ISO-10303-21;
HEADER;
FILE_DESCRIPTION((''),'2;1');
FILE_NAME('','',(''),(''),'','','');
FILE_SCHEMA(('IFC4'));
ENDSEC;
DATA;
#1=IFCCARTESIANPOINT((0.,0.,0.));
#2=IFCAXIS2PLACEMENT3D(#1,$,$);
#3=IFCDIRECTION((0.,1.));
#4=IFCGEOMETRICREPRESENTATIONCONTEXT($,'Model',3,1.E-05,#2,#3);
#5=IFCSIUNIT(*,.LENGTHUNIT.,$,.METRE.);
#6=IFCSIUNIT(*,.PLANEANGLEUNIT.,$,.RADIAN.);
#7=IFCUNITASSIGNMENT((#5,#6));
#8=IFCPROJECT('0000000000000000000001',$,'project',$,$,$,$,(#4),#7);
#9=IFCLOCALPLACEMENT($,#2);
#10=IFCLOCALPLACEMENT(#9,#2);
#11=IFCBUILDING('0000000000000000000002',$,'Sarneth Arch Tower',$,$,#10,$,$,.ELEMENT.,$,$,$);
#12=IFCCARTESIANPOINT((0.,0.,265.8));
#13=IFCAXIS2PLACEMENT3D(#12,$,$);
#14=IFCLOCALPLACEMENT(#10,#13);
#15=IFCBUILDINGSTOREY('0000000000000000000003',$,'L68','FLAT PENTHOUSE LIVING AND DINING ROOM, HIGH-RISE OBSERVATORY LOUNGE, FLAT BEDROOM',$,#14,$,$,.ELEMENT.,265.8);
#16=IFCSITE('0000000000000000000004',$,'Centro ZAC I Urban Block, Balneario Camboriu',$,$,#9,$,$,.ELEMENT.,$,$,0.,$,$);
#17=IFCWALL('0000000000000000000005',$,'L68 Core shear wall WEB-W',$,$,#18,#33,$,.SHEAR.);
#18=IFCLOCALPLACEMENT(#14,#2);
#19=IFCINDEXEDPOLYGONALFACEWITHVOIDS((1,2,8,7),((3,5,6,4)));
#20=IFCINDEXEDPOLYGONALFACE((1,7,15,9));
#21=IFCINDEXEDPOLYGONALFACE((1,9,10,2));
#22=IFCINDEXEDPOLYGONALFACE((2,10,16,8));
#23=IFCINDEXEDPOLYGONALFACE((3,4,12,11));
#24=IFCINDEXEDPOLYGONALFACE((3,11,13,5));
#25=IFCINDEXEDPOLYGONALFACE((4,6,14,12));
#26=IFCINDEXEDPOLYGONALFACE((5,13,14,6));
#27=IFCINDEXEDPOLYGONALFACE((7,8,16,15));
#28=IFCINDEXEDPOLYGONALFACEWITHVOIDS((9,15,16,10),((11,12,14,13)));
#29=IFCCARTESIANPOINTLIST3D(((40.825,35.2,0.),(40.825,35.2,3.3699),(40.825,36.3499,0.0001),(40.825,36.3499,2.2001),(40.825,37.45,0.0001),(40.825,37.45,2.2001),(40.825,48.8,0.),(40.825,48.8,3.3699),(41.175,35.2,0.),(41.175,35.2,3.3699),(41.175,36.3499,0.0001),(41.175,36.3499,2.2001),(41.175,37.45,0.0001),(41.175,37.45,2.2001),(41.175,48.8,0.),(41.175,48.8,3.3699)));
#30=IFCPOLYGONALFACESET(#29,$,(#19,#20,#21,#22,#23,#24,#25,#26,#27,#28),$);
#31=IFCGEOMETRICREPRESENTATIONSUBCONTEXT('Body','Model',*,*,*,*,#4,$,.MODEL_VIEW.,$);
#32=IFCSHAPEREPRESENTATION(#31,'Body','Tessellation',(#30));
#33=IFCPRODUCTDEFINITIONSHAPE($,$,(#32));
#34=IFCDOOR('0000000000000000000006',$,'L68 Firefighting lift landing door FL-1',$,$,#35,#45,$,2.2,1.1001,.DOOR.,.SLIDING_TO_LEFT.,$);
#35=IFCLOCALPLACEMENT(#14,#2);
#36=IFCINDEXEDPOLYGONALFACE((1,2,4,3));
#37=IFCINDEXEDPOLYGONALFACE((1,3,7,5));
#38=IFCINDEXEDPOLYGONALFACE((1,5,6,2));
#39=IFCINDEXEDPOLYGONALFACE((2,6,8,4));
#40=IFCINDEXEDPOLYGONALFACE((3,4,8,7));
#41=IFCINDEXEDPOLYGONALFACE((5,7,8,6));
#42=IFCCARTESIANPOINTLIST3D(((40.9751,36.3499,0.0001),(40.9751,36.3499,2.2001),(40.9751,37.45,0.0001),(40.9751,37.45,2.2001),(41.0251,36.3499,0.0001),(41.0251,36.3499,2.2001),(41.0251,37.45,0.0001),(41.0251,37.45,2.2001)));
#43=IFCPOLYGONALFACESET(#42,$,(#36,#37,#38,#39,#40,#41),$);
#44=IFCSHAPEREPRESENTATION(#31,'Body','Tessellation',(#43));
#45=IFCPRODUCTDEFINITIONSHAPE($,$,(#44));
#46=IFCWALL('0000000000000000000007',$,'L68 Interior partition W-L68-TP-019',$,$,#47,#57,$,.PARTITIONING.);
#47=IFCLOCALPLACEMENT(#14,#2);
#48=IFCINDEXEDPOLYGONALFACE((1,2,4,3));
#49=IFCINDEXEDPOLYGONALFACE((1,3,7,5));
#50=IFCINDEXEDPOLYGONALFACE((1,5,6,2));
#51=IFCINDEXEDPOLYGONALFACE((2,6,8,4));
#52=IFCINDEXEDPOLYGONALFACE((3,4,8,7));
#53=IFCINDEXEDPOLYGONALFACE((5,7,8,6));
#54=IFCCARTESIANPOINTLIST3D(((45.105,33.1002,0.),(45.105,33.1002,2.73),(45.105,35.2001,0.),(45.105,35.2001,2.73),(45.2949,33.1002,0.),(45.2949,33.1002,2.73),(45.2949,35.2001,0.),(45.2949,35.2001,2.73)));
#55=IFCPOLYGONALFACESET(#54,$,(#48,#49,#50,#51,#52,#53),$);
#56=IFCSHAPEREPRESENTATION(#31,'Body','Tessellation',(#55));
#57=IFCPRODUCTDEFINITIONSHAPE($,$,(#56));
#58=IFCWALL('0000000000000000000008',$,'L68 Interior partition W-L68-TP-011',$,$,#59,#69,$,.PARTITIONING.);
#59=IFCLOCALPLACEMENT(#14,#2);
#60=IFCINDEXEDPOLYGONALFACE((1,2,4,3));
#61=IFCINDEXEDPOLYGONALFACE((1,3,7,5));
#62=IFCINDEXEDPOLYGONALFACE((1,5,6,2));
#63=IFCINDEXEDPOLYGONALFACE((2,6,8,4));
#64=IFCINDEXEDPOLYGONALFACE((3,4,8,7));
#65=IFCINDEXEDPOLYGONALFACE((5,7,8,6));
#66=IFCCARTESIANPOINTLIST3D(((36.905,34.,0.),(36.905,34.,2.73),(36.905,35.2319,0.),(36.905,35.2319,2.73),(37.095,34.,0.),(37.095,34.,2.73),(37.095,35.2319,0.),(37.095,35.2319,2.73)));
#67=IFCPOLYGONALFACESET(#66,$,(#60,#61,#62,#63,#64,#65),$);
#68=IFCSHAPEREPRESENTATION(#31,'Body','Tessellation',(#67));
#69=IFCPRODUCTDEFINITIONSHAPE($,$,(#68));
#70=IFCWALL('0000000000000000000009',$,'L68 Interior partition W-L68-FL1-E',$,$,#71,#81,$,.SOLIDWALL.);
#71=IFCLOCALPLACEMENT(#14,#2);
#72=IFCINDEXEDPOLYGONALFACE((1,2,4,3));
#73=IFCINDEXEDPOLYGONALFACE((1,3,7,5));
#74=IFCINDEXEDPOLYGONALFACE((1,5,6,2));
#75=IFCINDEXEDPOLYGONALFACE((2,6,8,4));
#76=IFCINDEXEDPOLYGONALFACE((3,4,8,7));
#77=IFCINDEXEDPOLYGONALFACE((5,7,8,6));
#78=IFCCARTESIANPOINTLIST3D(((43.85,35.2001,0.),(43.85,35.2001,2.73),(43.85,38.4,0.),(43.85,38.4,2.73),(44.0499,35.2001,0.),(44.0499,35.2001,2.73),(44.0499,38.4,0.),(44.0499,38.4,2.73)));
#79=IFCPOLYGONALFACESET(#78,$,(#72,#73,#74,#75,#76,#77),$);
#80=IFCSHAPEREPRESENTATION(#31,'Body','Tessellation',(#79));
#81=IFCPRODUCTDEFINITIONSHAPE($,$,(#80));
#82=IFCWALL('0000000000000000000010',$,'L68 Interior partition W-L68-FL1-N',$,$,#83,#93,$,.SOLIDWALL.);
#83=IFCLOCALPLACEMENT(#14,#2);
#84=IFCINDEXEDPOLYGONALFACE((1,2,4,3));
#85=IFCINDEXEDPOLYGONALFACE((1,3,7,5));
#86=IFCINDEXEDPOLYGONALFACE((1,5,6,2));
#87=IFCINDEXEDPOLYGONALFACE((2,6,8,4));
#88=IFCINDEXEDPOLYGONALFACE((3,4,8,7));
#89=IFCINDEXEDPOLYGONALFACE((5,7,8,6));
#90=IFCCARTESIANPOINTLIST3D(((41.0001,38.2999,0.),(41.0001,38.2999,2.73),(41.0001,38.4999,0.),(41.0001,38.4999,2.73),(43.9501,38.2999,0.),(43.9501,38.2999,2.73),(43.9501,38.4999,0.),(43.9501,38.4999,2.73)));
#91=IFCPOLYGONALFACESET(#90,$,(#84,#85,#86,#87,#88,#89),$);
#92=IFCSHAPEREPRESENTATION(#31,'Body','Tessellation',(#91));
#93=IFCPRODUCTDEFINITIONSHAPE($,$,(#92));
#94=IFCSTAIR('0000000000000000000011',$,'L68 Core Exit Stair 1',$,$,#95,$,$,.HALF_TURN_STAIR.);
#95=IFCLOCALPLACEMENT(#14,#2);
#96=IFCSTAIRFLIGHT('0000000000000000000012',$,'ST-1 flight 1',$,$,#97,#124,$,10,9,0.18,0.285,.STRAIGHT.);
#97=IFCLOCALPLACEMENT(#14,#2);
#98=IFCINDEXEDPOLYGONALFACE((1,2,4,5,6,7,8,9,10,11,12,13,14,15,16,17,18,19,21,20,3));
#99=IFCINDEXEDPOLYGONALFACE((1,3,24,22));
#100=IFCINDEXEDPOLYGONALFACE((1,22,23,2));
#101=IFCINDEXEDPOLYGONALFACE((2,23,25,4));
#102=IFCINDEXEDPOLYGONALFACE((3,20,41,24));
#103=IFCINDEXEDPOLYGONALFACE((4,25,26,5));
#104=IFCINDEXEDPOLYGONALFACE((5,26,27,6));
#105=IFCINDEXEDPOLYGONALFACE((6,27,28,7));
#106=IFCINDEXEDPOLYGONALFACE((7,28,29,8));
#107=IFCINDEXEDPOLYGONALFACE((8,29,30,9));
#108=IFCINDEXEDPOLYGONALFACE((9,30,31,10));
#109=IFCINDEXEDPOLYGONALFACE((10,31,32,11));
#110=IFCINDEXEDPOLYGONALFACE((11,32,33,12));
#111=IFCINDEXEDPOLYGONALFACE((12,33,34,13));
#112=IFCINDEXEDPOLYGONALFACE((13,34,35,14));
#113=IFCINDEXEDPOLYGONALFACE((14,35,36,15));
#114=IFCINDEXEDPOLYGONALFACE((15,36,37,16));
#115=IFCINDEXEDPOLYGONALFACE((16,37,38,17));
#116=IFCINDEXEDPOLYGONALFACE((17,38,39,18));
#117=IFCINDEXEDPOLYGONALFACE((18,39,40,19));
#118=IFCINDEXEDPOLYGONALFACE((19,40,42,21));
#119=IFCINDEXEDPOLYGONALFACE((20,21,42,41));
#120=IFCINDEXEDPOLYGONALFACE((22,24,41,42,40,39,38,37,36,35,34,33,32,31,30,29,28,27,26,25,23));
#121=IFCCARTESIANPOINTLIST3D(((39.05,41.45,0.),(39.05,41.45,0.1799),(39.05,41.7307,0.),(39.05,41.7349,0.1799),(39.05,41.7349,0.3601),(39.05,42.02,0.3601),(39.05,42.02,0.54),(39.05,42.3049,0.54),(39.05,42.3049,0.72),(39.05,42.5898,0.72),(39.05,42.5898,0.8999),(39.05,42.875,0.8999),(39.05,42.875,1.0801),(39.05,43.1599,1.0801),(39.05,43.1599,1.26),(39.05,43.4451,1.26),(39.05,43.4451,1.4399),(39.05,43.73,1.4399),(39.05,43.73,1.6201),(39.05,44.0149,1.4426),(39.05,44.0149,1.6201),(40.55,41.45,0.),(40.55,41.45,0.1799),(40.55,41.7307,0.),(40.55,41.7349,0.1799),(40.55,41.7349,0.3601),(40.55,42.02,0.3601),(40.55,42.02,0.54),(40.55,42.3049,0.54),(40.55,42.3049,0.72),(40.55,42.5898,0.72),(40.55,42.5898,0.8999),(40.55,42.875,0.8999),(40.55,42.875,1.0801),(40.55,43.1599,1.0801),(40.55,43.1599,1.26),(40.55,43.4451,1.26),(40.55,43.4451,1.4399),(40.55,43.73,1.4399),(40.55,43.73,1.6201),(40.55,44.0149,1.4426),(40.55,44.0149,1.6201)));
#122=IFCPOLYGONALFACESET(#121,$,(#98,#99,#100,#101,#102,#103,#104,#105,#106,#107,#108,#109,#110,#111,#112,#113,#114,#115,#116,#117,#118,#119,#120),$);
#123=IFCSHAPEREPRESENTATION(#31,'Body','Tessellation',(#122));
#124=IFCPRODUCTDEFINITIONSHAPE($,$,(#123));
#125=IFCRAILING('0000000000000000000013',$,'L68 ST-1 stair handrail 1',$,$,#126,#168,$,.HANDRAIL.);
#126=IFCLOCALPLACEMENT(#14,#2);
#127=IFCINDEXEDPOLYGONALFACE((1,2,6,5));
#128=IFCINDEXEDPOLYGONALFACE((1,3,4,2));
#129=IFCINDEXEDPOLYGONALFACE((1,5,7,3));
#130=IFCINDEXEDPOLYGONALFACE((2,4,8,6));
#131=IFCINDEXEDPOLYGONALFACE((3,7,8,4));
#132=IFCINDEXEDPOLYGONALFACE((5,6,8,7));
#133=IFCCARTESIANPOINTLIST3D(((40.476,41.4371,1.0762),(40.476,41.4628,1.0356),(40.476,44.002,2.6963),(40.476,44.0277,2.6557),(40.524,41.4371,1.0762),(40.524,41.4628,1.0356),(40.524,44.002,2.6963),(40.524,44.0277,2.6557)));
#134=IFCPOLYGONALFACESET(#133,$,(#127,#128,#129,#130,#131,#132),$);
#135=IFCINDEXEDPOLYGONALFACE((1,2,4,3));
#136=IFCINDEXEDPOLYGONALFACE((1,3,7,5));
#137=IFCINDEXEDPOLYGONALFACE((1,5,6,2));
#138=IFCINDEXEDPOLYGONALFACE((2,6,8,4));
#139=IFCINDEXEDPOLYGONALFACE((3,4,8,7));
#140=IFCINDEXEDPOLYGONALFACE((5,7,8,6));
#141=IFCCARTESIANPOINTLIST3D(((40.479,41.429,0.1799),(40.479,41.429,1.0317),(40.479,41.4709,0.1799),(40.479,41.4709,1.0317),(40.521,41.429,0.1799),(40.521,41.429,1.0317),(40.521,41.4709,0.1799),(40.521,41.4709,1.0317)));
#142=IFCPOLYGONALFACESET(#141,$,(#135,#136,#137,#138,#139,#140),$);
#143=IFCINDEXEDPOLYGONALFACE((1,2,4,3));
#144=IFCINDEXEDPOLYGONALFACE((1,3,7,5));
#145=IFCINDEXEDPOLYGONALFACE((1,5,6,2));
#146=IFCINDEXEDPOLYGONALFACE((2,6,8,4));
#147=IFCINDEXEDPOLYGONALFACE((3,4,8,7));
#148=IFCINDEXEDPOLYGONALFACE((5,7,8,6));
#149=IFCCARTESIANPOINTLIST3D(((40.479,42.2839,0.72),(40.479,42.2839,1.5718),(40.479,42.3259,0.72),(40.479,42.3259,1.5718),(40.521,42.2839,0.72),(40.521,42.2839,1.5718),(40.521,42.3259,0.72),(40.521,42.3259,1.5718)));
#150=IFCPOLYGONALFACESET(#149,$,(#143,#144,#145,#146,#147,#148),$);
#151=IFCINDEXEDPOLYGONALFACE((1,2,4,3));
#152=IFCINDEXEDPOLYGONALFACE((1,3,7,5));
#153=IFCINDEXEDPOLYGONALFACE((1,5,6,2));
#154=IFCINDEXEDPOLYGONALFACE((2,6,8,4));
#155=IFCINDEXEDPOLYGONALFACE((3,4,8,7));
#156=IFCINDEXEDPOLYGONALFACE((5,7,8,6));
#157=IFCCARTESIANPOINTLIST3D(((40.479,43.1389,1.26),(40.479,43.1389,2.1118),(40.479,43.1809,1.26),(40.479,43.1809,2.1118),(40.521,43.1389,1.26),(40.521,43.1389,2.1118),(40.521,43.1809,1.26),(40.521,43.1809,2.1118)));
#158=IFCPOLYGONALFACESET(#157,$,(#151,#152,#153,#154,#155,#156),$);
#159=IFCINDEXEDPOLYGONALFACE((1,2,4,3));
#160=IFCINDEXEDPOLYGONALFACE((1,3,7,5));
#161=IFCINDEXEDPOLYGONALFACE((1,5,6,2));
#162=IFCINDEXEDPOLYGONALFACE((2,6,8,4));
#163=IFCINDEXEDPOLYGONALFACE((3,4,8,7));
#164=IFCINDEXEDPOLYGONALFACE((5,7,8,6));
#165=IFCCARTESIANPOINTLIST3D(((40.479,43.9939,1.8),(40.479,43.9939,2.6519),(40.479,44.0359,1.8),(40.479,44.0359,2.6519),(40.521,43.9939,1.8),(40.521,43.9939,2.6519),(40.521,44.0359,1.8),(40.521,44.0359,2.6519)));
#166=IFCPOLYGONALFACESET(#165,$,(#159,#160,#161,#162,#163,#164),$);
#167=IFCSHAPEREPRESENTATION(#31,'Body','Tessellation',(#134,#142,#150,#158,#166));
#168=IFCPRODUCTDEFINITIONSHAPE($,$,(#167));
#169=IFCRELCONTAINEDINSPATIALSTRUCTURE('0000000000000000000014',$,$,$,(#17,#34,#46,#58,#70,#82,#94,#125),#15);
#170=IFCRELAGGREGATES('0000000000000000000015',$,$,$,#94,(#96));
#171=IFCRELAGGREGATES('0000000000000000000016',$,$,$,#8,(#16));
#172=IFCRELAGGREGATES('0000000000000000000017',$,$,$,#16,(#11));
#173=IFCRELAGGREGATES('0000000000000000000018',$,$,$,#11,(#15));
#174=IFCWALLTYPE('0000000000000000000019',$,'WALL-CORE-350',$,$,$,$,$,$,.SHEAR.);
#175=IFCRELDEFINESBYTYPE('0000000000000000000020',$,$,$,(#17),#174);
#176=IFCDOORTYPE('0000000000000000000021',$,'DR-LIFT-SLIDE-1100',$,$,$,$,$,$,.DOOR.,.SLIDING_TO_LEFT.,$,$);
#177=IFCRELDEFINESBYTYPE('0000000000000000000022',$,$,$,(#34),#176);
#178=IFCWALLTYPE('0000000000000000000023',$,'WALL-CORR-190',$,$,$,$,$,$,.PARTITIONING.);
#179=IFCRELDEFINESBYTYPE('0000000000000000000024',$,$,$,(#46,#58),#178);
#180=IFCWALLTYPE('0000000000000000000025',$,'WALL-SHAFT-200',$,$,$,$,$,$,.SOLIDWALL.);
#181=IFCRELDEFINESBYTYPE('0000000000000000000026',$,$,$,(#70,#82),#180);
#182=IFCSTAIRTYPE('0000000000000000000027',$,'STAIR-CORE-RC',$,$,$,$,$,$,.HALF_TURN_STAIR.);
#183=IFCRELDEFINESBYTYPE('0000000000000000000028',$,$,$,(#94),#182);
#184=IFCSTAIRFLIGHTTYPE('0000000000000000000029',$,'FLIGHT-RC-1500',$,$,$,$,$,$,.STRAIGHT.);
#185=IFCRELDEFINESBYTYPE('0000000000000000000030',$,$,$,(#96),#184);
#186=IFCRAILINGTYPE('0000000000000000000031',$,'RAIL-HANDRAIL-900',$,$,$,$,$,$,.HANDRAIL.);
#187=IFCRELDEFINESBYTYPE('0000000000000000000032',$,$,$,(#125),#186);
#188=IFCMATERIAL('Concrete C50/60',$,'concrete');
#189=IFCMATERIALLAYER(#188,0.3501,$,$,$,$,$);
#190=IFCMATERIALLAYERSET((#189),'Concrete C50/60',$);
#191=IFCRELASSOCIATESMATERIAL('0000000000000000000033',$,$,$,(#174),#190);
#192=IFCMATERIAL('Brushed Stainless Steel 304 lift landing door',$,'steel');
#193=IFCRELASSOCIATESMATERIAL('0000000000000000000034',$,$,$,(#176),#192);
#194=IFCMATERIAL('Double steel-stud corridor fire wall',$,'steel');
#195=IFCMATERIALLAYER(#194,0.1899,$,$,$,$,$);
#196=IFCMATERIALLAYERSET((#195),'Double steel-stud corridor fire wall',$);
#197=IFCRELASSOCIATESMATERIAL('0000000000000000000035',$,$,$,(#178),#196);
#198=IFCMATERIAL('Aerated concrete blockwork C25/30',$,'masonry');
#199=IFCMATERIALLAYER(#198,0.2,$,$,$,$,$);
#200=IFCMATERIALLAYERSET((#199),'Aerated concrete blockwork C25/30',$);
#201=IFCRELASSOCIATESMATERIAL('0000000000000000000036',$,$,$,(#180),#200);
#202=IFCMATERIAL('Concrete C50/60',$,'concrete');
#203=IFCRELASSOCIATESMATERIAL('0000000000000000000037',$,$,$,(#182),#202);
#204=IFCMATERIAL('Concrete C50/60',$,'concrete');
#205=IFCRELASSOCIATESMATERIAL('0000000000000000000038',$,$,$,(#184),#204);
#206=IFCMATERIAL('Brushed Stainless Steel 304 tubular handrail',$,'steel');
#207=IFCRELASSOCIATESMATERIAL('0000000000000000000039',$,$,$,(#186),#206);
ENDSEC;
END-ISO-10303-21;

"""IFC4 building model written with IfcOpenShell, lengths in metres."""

from ifc_helpers import new_model, si_unit, direction, frame, frame_2d, origin, origin_2d, place, context, subcontext, project, spatial, polyline, rectangle, outline, extrude, material, layer, layer_set, type_object, element, fill, aggregate, save


model = new_model("IFC4")

# Units and contexts
model_context = context("Model", 3, precision=1e-05, world=origin(), true_north=direction((0.0, 1.0)))
body_context = subcontext(model_context, "Body", "Model", "MODEL_VIEW")
ifc_project = project(units=[si_unit("LENGTHUNIT", "METRE"), si_unit("PLANEANGLEUNIT", "RADIAN")], contexts=[model_context])

# Site, building, storey
site_placement = place(None, origin())
site = spatial("IfcSite", under=ifc_project, at=site_placement, Name="Centro ZAC I Urban Block, Balneario Camboriu", CompositionType="ELEMENT", RefElevation=0.0)
building_placement = place(site_placement, origin())
building = spatial("IfcBuilding", under=site, at=building_placement, Name="Sarneth Arch Tower", CompositionType="ELEMENT")
storey_placement = place(building_placement, frame((0.0, 0.0, 265.8)))
storey = spatial("IfcBuildingStorey", under=building, at=storey_placement, Name="L68", Description="FLAT PENTHOUSE LIVING AND DINING ROOM, HIGH-RISE OBSERVATORY LOUNGE, FLAT BEDROOM", CompositionType="ELEMENT", Elevation=265.8)

# Shared definitions
ifc_material_1 = material(Name="Concrete C50/60", Category="concrete")
ifc_layer_1 = layer(ifc_material_1, 0.3501)
ifc_layer_set_1 = layer_set([ifc_layer_1], Name="Concrete C50/60")
wall_type_1 = type_object("IfcWallType", Name="WALL-CORE-350", PredefinedType="SHEAR", material=ifc_layer_set_1)

# Wall, opening, door
wall_1_placement = place(storey_placement, frame((41.0, 35.2, 0.0), z_axis=(0.0, 0.0, 1.0), x_axis=(0.0, 1.0, 0.0)))
wall_1 = element("IfcWall", 1, at=wall_1_placement, inside=storey, type_object=wall_type_1, Name="L68 Core shear wall WEB-W", PredefinedType="SHEAR", context=body_context, shape_type="SweptSolid", body=[
    extrude(rectangle(XDim=13.6001, YDim=0.3501, at=frame_2d((6.8, 0.0))), origin(), (0.0, 0.0, 1.0), 3.3699),
])
opening_1_placement = place(wall_1_placement, frame((1.1499, 0.0, 0.0)))
opening_1 = element("IfcOpeningElement", 2, at=opening_1_placement, cuts=wall_1, PredefinedType="OPENING", context=body_context, shape_type="SweptSolid", body=[
    extrude(rectangle(XDim=1.1001, YDim=2.2, at=frame_2d((0.55, 1.1001))), frame((0.0, 0.1851, 0.0), z_axis=(0.0, -1.0, 0.0), x_axis=(1.0, 0.0, 0.0)), (0.0, 0.0, 1.0), 0.3701),
])
ifc_material_2 = material(Name="Brushed Stainless Steel 304 lift landing door", Category="steel")
door_type_1 = type_object("IfcDoorType", Name="DR-LIFT-SLIDE-1100", OperationType="SLIDING_TO_LEFT", PredefinedType="DOOR", material=ifc_material_2)
door_1_placement = place(opening_1_placement, origin())
door_1 = element("IfcDoor", 3, at=door_1_placement, inside=storey, type_object=door_type_1, Name="L68 Firefighting lift landing door FL-1", OperationType="SLIDING_TO_LEFT", OverallHeight=2.2, OverallWidth=1.1001, PredefinedType="DOOR", context=body_context, shape_type="SweptSolid", body=[
    extrude(rectangle(XDim=1.1001, YDim=2.2, at=frame_2d((0.55, 1.1001))), frame((0.0, 0.0249, 0.0), z_axis=(0.0, -1.0, 0.0), x_axis=(1.0, 0.0, 0.0)), (0.0, 0.0, 1.0), 0.05),
])
fill(opening_1, door_1)

# Walls
ifc_material_3 = material(Name="Double steel-stud corridor fire wall", Category="steel")
ifc_layer_2 = layer(ifc_material_3, 0.1899)
ifc_layer_set_2 = layer_set([ifc_layer_2], Name="Double steel-stud corridor fire wall")
wall_type_2 = type_object("IfcWallType", Name="WALL-CORR-190", PredefinedType="PARTITIONING", material=ifc_layer_set_2)
wall_2_placement = place(storey_placement, frame((45.2, 35.2, 0.0), z_axis=(0.0, 0.0, 1.0), x_axis=(0.0, -1.0, 0.0)))
element("IfcWall", 4, at=wall_2_placement, inside=storey, type_object=wall_type_2, Name="L68 Interior partition W-L68-TP-019", PredefinedType="PARTITIONING", context=body_context, shape_type="SweptSolid", body=[
    extrude(rectangle(XDim=2.0999, YDim=0.1899, at=frame_2d((1.0498, 0.0))), origin(), (0.0, 0.0, 1.0), 2.73),
])
wall_3_placement = place(storey_placement, frame((37.0, 35.2319, 0.0), z_axis=(0.0, 0.0, 1.0), x_axis=(0.0, -1.0, 0.0)))
element("IfcWall", 5, at=wall_3_placement, inside=storey, type_object=wall_type_2, Name="L68 Interior partition W-L68-TP-011", PredefinedType="PARTITIONING", context=body_context, shape_type="SweptSolid", body=[
    extrude(rectangle(XDim=1.2319, YDim=0.1899, at=frame_2d((0.616, 0.0))), origin(), (0.0, 0.0, 1.0), 2.73),
])

# Shared definitions
ifc_material_4 = material(Name="Aerated concrete blockwork C25/30", Category="masonry")
ifc_layer_3 = layer(ifc_material_4, 0.2)
ifc_layer_set_3 = layer_set([ifc_layer_3], Name="Aerated concrete blockwork C25/30")
wall_type_3 = type_object("IfcWallType", Name="WALL-SHAFT-200", PredefinedType="SOLIDWALL", material=ifc_layer_set_3)

# Walls
wall_4_placement = place(storey_placement, frame((43.95, 35.2, 0.0), z_axis=(0.0, 0.0, 1.0), x_axis=(0.0, 1.0, 0.0)))
element("IfcWall", 6, at=wall_4_placement, inside=storey, type_object=wall_type_3, Name="L68 Interior partition W-L68-FL1-E", PredefinedType="SOLIDWALL", context=body_context, shape_type="SweptSolid", body=[
    extrude(rectangle(XDim=3.2, YDim=0.2, at=frame_2d((1.6001, 0.0))), origin(), (0.0, 0.0, 1.0), 2.73),
])
wall_5_placement = place(storey_placement, frame((41.0, 38.3999, 0.0), z_axis=(0.0, 0.0, 1.0), x_axis=(1.0, 0.0, 0.0)))
element("IfcWall", 7, at=wall_5_placement, inside=storey, type_object=wall_type_3, Name="L68 Interior partition W-L68-FL1-N", PredefinedType="SOLIDWALL", context=body_context, shape_type="SweptSolid", body=[
    extrude(rectangle(XDim=2.95, YDim=0.2, at=frame_2d((1.4751, 0.0))), origin(), (0.0, 0.0, 1.0), 2.73),
])

# Stair, stair flight
ifc_material_5 = material(Name="Concrete C50/60", Category="concrete")
stair_type = type_object("IfcStairType", Name="STAIR-CORE-RC", PredefinedType="HALF_TURN_STAIR", material=ifc_material_5)
stair_placement = place(storey_placement, origin())
stair = element("IfcStair", 8, at=stair_placement, inside=storey, type_object=stair_type, Name="L68 Core Exit Stair 1", PredefinedType="HALF_TURN_STAIR")
ifc_material_6 = material(Name="Concrete C50/60", Category="concrete")
stair_flight_type = type_object("IfcStairFlightType", Name="FLIGHT-RC-1500", PredefinedType="STRAIGHT", material=ifc_material_6)
stair_flight_placement = place(storey_placement, frame((39.8, 41.45, 0.0), z_axis=(0.0, 0.0, 1.0), x_axis=(0.0, 1.0, 0.0)))
stair_flight = element("IfcStairFlight", 9, at=stair_flight_placement, type_object=stair_flight_type, Name="ST-1 flight 1", NumberOfRisers=10, NumberOfTreads=9, PredefinedType="STRAIGHT", RiserHeight=0.18, TreadLength=0.285, context=body_context, shape_type="SweptSolid", body=[
    extrude(outline(polyline([(0.0, 0.0), (0.0, 0.1799), (0.2849, 0.1799), (0.2849, 0.3601), (0.5701, 0.3601), (0.5701, 0.54), (0.855, 0.54), (0.855, 0.72), (1.1399, 0.72), (1.1399, 0.8999), (1.425, 0.8999), (1.425, 1.0801), (1.71, 1.0801), (1.71, 1.26), (1.9951, 1.26), (1.9951, 1.4399), (2.28, 1.4399), (2.28, 1.6201), (2.5649, 1.6201), (2.5649, 1.8), (2.5649, 1.4426), (0.2808, 0.0), (0.0, 0.0)])), frame((0.0, 0.75, 0.0), z_axis=(0.0, -1.0, 0.0), x_axis=(1.0, 0.0, 0.0)), (0.0, 0.0, 1.0), 1.5),
])
aggregate(stair, [stair_flight])

# Railing
ifc_material_7 = material(Name="Brushed Stainless Steel 304 tubular handrail", Category="steel")
railing_type_1 = type_object("IfcRailingType", Name="RAIL-HANDRAIL-900", PredefinedType="HANDRAIL", material=ifc_material_7)
railing_1_placement = place(storey_placement, frame((40.5, 41.45, 0.1799)))
element("IfcRailing", 10, at=railing_1_placement, inside=storey, type_object=railing_type_1, Name="L68 ST-1 stair handrail 1", PredefinedType="HANDRAIL", context=body_context, shape_type="SweptSolid", body=[
    extrude(rectangle(XDim=0.0481, YDim=0.0481, at=origin_2d()), frame((0.0, 0.0, 0.876), z_axis=(0.0, 0.845466, 0.534029), x_axis=(-1.0, 0.0, 0.0)), (0.0, 0.0, 1.0), 3.0337),
    extrude(rectangle(XDim=0.042, YDim=0.042, at=origin_2d()), origin(), (0.0, 0.0, 1.0), 0.8518),
    extrude(rectangle(XDim=0.042, YDim=0.042, at=origin_2d()), frame((0.0, 0.855, 0.54)), (0.0, 0.0, 1.0), 0.8518),
    extrude(rectangle(XDim=0.042, YDim=0.042, at=origin_2d()), frame((0.0, 1.71, 1.0801)), (0.0, 0.0, 1.0), 0.8518),
    extrude(rectangle(XDim=0.042, YDim=0.042, at=origin_2d()), frame((0.0, 2.5649, 1.6201)), (0.0, 0.0, 1.0), 0.8518),
])

save(model, "model.ifc")
